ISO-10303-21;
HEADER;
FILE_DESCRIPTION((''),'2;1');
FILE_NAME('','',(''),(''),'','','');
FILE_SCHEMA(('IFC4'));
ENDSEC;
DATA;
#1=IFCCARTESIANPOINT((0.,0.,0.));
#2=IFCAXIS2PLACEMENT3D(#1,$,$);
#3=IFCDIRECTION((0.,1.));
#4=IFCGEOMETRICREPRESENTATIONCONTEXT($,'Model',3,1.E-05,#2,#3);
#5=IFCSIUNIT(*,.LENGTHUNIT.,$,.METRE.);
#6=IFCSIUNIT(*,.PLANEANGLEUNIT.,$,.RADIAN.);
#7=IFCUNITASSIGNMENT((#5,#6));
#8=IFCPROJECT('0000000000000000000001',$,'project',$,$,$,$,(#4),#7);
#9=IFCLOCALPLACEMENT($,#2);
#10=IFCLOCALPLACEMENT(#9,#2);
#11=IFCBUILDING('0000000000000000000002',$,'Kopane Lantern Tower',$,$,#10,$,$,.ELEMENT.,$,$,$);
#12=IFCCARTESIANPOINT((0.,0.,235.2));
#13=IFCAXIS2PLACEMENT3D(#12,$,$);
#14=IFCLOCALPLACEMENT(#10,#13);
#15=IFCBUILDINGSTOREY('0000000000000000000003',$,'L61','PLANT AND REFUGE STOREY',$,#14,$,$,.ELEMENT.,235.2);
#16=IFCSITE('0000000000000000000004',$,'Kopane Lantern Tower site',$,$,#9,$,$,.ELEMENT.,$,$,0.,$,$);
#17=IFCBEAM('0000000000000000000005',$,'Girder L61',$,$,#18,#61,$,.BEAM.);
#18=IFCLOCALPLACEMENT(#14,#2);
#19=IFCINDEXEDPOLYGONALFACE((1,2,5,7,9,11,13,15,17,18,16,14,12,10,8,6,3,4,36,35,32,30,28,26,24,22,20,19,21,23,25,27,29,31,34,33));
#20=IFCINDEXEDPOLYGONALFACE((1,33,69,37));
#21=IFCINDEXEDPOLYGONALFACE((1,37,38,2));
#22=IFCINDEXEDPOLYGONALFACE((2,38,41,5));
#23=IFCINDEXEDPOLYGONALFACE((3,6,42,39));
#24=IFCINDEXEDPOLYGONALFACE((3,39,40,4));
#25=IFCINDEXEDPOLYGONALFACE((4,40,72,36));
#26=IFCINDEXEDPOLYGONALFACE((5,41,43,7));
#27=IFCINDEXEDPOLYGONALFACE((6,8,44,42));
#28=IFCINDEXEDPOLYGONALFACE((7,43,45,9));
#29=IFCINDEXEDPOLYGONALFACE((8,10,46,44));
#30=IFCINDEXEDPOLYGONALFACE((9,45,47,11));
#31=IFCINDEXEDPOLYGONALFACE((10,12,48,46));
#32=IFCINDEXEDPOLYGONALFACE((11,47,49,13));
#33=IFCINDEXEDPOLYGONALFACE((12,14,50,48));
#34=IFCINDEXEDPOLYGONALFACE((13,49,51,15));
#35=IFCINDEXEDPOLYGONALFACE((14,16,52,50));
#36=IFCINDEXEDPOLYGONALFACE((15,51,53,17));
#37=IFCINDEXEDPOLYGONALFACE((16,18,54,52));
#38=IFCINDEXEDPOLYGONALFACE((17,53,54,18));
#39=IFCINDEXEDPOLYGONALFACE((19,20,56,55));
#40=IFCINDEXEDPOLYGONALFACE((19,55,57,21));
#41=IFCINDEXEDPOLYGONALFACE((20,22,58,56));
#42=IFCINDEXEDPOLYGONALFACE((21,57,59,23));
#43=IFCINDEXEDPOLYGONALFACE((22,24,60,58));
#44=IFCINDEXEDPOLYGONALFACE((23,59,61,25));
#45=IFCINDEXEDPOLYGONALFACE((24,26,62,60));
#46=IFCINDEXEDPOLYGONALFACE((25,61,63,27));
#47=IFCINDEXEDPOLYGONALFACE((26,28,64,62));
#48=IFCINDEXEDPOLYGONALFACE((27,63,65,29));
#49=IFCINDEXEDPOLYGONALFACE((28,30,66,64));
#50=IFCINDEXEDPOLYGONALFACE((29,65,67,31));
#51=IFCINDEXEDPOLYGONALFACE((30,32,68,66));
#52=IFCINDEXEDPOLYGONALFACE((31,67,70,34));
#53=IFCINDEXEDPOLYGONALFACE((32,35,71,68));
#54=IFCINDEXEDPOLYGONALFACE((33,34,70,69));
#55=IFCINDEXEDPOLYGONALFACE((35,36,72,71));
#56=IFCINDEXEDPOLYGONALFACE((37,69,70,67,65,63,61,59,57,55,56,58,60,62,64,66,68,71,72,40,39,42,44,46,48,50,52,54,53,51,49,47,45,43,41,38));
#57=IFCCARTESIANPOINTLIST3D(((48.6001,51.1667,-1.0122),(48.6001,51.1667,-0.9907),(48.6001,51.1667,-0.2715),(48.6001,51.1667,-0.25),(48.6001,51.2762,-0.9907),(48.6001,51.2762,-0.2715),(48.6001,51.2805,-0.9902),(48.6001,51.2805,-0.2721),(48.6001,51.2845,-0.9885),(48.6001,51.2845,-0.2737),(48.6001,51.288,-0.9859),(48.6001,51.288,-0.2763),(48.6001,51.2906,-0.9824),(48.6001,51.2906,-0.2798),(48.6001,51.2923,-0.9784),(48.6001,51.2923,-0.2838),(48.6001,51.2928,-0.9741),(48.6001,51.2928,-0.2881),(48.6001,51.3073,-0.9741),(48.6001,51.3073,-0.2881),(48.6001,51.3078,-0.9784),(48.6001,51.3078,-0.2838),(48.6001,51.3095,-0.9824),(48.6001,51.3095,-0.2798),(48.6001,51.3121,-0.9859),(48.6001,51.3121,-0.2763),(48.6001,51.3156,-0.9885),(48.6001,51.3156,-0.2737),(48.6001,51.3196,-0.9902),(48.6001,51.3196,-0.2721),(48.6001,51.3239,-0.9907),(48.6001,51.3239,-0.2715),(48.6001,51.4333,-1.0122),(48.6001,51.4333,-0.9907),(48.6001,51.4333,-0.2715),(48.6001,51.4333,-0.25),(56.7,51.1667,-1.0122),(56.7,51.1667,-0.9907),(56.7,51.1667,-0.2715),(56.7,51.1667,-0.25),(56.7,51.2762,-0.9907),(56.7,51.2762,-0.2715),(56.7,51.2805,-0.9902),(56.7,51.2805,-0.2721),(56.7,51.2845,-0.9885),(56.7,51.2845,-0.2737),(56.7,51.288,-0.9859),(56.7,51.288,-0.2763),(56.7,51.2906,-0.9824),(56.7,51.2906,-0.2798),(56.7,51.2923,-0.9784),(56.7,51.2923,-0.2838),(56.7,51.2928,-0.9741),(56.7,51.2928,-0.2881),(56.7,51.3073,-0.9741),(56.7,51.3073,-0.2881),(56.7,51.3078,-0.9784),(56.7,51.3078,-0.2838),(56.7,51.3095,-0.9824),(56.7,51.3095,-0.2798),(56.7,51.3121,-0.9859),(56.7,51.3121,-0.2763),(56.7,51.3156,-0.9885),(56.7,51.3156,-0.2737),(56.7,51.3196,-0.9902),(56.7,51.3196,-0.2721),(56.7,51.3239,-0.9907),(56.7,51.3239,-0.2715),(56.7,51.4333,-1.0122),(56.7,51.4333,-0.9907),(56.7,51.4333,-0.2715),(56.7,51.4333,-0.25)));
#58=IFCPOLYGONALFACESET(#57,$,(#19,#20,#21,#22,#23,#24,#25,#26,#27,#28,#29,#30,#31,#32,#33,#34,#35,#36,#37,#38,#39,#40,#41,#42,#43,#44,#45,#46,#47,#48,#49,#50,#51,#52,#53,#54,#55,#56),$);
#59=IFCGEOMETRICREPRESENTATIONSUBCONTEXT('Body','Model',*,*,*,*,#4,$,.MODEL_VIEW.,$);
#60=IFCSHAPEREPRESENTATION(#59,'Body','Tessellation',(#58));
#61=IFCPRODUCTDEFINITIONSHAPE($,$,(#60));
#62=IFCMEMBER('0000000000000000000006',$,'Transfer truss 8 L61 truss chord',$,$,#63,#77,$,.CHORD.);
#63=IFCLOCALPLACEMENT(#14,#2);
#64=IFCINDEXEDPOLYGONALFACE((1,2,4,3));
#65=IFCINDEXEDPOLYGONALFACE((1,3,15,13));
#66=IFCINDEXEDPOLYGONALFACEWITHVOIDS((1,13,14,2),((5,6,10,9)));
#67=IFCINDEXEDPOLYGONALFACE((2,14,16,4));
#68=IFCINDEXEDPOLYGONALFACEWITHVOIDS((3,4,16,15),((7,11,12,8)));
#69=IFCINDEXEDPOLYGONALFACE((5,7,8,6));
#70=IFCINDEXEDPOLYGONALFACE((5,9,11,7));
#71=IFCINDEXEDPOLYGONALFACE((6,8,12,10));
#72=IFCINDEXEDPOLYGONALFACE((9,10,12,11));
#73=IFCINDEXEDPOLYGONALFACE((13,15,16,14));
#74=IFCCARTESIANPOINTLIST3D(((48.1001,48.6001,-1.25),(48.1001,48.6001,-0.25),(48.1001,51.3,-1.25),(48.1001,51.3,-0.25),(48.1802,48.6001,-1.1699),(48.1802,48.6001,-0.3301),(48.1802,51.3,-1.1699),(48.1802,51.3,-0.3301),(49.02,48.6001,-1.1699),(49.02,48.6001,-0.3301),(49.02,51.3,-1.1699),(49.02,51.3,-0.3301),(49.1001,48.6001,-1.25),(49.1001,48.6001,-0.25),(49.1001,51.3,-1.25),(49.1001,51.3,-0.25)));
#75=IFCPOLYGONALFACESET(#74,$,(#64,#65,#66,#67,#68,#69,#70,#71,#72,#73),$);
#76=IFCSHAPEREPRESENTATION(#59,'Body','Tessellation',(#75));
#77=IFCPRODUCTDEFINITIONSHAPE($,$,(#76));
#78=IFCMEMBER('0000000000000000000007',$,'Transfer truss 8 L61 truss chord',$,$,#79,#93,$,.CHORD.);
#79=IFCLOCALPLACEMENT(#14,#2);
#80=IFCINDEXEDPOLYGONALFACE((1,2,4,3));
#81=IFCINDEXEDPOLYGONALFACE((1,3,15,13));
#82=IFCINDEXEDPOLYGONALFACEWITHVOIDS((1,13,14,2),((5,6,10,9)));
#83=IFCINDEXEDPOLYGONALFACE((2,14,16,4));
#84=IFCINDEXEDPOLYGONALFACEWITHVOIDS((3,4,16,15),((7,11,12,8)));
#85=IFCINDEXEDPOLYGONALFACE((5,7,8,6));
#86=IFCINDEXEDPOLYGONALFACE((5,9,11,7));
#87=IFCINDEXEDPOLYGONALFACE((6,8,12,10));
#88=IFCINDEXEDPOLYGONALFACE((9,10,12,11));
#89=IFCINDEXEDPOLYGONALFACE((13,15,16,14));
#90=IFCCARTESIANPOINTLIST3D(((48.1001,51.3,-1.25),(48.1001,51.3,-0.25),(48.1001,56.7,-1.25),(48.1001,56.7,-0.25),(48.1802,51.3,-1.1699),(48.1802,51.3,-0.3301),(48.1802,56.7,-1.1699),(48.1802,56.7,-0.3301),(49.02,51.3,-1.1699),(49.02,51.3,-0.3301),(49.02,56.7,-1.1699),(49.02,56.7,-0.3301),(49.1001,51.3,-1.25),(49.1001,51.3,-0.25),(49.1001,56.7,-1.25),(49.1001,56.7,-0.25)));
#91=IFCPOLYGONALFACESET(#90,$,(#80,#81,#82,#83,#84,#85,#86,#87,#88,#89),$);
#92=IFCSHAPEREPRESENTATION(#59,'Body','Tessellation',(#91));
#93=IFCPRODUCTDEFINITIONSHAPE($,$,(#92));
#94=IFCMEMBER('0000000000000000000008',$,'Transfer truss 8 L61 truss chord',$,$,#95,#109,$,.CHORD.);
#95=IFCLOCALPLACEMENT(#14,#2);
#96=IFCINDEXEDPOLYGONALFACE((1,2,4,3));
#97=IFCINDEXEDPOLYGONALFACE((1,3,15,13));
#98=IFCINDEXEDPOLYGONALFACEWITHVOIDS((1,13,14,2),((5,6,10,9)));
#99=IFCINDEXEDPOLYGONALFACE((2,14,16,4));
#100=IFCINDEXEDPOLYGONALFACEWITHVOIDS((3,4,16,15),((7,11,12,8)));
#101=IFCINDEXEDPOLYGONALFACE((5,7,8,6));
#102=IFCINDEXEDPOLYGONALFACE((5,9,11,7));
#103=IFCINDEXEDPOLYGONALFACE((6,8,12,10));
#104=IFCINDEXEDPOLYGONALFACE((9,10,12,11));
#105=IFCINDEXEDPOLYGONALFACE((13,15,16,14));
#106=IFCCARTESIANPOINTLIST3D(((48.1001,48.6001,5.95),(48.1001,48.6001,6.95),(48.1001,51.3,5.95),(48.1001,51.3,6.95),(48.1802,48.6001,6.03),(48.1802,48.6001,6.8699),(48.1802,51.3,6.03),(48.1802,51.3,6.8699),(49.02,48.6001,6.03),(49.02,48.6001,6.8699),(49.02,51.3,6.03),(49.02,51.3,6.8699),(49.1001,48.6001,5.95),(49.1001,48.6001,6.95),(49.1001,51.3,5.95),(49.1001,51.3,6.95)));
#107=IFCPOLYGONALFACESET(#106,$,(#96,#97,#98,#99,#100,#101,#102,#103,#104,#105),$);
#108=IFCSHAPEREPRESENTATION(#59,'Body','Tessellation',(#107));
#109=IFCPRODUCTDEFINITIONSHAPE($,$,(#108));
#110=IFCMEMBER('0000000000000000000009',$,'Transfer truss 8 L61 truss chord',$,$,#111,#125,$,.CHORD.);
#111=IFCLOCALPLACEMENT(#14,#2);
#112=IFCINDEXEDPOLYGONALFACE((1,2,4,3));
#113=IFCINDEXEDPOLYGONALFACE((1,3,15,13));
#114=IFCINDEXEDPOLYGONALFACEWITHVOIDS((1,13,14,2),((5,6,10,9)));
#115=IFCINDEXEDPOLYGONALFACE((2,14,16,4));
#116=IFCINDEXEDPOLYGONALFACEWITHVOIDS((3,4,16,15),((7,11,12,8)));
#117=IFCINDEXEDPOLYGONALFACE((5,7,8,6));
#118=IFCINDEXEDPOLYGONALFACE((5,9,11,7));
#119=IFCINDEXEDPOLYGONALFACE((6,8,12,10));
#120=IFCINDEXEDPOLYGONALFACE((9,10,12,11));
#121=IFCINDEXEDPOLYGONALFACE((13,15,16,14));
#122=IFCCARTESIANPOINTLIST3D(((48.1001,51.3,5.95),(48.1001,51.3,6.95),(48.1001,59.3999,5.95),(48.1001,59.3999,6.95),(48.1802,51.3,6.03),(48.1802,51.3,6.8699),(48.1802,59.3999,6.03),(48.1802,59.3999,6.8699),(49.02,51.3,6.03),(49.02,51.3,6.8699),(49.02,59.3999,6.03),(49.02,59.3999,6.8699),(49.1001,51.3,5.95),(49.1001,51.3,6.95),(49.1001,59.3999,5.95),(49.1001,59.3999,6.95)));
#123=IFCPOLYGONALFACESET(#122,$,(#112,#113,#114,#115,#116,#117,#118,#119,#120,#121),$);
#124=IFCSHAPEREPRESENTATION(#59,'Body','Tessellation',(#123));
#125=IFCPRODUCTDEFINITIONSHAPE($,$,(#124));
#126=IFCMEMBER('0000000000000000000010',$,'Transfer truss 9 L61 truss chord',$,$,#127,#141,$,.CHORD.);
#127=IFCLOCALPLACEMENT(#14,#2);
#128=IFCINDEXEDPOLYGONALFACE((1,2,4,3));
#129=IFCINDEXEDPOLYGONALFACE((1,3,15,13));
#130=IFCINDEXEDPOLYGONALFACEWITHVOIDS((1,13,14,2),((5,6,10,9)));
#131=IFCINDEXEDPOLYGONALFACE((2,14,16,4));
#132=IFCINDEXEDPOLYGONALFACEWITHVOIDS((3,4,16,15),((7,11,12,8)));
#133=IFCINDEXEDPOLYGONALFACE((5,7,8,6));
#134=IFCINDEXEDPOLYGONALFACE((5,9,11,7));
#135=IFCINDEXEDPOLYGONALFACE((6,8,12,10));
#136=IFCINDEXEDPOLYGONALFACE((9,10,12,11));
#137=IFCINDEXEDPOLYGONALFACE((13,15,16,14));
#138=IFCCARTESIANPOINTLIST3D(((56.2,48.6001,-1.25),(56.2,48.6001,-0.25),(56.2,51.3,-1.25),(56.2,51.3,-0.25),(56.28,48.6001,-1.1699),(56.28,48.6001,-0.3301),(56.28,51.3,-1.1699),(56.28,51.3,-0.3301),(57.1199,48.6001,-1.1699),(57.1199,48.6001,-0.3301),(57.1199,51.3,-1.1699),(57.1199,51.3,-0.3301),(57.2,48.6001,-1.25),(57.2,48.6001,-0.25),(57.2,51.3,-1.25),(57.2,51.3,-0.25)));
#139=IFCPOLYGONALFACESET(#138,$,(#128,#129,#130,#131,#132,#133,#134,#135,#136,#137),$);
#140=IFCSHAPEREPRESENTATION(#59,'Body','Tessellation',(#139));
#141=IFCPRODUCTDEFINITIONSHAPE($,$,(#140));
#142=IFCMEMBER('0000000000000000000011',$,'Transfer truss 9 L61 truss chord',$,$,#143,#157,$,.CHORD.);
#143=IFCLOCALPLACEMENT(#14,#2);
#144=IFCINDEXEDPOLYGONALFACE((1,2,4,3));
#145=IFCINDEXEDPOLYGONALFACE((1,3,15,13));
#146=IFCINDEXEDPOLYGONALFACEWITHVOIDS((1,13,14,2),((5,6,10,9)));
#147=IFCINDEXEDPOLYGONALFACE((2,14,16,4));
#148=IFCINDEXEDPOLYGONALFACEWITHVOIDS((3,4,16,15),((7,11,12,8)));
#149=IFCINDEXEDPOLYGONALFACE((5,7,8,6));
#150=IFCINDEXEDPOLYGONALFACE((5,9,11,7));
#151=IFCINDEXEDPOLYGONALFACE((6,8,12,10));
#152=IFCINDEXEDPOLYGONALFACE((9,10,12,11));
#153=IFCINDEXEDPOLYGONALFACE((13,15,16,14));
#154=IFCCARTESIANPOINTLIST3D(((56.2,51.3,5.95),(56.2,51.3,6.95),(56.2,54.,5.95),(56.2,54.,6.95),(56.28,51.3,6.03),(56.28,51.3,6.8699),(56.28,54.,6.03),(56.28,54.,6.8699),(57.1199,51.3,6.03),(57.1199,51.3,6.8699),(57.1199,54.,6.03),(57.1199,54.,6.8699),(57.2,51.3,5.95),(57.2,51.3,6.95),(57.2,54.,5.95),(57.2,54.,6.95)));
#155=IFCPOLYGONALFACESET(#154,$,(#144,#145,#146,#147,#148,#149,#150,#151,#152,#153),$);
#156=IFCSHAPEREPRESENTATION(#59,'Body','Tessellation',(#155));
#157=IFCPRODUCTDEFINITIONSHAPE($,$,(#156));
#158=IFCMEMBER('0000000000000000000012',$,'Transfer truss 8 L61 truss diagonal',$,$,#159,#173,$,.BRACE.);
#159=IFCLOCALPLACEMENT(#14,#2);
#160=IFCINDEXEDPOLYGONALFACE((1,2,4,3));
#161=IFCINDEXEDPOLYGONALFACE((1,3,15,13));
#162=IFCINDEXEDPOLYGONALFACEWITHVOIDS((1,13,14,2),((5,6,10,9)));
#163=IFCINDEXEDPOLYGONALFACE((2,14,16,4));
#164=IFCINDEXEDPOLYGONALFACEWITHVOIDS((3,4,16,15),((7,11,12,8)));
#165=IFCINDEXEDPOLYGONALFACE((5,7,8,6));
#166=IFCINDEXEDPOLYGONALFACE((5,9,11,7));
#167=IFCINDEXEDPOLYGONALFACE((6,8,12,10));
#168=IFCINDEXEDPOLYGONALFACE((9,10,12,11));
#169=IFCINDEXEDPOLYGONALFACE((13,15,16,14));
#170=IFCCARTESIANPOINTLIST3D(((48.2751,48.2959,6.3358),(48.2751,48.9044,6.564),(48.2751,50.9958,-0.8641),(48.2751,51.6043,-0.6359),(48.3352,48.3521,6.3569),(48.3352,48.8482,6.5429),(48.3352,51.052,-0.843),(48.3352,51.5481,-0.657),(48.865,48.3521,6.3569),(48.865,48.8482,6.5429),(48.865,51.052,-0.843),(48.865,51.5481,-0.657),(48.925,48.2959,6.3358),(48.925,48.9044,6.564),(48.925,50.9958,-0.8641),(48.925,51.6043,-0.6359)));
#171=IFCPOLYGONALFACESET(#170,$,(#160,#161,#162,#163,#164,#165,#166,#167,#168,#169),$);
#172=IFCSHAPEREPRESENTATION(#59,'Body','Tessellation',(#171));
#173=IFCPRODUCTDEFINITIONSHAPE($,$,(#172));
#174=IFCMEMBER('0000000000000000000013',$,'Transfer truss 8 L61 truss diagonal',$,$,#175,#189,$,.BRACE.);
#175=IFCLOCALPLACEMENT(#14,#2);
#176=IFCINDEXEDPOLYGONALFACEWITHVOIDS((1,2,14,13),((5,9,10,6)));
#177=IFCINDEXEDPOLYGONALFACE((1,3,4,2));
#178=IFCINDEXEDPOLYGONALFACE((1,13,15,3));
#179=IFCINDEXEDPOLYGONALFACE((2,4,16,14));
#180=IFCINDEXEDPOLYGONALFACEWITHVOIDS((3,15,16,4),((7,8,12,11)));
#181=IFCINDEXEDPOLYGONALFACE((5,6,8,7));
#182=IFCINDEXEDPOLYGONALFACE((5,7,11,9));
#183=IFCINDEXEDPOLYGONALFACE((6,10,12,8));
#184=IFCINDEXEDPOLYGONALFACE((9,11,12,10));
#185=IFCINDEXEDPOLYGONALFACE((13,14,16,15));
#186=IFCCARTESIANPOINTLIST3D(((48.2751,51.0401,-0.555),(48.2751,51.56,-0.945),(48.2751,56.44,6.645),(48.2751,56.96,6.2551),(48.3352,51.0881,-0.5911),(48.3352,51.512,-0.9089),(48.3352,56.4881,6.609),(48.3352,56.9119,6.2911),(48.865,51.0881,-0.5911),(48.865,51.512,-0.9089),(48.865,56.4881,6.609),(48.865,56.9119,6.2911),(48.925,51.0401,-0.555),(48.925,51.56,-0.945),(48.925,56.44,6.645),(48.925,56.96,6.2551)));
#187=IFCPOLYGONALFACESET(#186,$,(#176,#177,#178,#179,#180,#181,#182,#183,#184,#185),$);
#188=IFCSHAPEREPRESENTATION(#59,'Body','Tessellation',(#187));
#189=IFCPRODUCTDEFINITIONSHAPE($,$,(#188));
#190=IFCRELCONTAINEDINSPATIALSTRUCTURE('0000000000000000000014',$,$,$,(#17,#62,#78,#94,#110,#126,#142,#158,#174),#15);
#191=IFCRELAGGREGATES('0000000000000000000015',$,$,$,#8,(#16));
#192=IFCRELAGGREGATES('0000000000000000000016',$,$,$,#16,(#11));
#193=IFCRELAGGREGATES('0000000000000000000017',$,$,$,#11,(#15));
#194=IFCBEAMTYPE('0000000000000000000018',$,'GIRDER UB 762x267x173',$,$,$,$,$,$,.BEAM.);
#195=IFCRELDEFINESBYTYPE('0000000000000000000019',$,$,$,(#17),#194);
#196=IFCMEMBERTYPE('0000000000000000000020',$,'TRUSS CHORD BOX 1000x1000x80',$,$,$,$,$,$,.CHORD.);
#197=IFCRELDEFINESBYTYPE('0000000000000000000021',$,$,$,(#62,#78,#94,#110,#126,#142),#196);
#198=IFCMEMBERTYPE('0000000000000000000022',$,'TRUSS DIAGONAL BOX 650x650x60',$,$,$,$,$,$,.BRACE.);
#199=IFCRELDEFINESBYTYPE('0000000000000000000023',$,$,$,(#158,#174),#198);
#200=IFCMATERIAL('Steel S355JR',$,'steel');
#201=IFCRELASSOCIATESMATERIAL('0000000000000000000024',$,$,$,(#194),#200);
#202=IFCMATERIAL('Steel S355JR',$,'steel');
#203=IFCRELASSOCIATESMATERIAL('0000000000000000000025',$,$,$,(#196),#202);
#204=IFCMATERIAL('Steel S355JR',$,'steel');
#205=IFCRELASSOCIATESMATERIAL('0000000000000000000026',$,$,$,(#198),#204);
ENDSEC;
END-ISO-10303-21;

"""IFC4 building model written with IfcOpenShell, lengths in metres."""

from ifc_helpers import new_model, si_unit, direction, frame, origin, origin_2d, place, context, subcontext, project, spatial, hollow_rectangle, i_section, extrude, material, material_profile, profile_set, type_object, element, save


model = new_model("IFC4")

# Units and contexts
model_context = context("Model", 3, precision=1e-05, world=origin(), true_north=direction((0.0, 1.0)))
body_context = subcontext(model_context, "Body", "Model", "MODEL_VIEW")
ifc_project = project(units=[si_unit("LENGTHUNIT", "METRE"), si_unit("PLANEANGLEUNIT", "RADIAN")], contexts=[model_context])

# Site, building, storey
site_placement = place(None, origin())
site = spatial("IfcSite", under=ifc_project, at=site_placement, Name="Kopane Lantern Tower site", CompositionType="ELEMENT", RefElevation=0.0)
building_placement = place(site_placement, origin())
building = spatial("IfcBuilding", under=site, at=building_placement, Name="Kopane Lantern Tower", CompositionType="ELEMENT")
storey_placement = place(building_placement, frame((0.0, 0.0, 235.2)))
storey = spatial("IfcBuildingStorey", under=building, at=storey_placement, Name="L61", Description="PLANT AND REFUGE STOREY", CompositionType="ELEMENT", Elevation=235.2)

# Beam
ifc_material_1 = material(Name="Steel S355JR", Category="steel")
ifc_material_profile_1 = material_profile(ifc_material_1, i_section(OverallWidth=0.2666, OverallDepth=0.7622, WebThickness=0.0144, FlangeThickness=0.0215, FilletRadius=0.0166, at=origin_2d()), Name="UB 762x267x173")
ifc_profile_set_1 = profile_set([ifc_material_profile_1], Name="Steel S355JR")
beam_type = type_object("IfcBeamType", Name="GIRDER UB 762x267x173", PredefinedType="BEAM", material=ifc_profile_set_1)
beam_placement = place(storey_placement, frame((48.6001, 51.3, -0.6311), z_axis=(1.0, 0.0, 0.0), x_axis=(0.0, 1.0, 0.0)))
element("IfcBeam", 1, at=beam_placement, inside=storey, type_object=beam_type, Name="Girder L61", PredefinedType="BEAM", context=body_context, shape_type="SweptSolid", body=[
    extrude(i_section(OverallWidth=0.2666, OverallDepth=0.7622, WebThickness=0.0144, FlangeThickness=0.0215, FilletRadius=0.0166, at=origin_2d()), origin(), (0.0, 0.0, 1.0), 8.0999),
])

# Members
ifc_material_2 = material(Name="Steel S355JR", Category="steel")
ifc_material_profile_2 = material_profile(ifc_material_2, hollow_rectangle(XDim=1.0, YDim=1.0, WallThickness=0.0801, at=origin_2d()), Name="BOX 1000x1000x80")
ifc_profile_set_2 = profile_set([ifc_material_profile_2], Name="Steel S355JR")
member_type_1 = type_object("IfcMemberType", Name="TRUSS CHORD BOX 1000x1000x80", PredefinedType="CHORD", material=ifc_profile_set_2)
member_1_placement = place(storey_placement, frame((48.6001, 48.6001, -0.75), z_axis=(0.0, 1.0, 0.0), x_axis=(-1.0, 0.0, 0.0)))
element("IfcMember", 2, at=member_1_placement, inside=storey, type_object=member_type_1, Name="Transfer truss 8 L61 truss chord", PredefinedType="CHORD", context=body_context, shape_type="SweptSolid", body=[
    extrude(hollow_rectangle(XDim=1.0, YDim=1.0, WallThickness=0.0801, at=origin_2d()), origin(), (0.0, 0.0, 1.0), 2.7),
])
member_2_placement = place(storey_placement, frame((48.6001, 51.3, -0.75), z_axis=(0.0, 1.0, 0.0), x_axis=(-1.0, 0.0, 0.0)))
element("IfcMember", 3, at=member_2_placement, inside=storey, type_object=member_type_1, Name="Transfer truss 8 L61 truss chord", PredefinedType="CHORD", context=body_context, shape_type="SweptSolid", body=[
    extrude(hollow_rectangle(XDim=1.0, YDim=1.0, WallThickness=0.0801, at=origin_2d()), origin(), (0.0, 0.0, 1.0), 5.3999),
])
member_3_placement = place(storey_placement, frame((48.6001, 48.6001, 6.45), z_axis=(0.0, 1.0, 0.0), x_axis=(-1.0, 0.0, 0.0)))
element("IfcMember", 4, at=member_3_placement, inside=storey, type_object=member_type_1, Name="Transfer truss 8 L61 truss chord", PredefinedType="CHORD", context=body_context, shape_type="SweptSolid", body=[
    extrude(hollow_rectangle(XDim=1.0, YDim=1.0, WallThickness=0.0801, at=origin_2d()), origin(), (0.0, 0.0, 1.0), 2.7),
])
member_4_placement = place(storey_placement, frame((48.6001, 51.3, 6.45), z_axis=(0.0, 1.0, 0.0), x_axis=(-1.0, 0.0, 0.0)))
element("IfcMember", 5, at=member_4_placement, inside=storey, type_object=member_type_1, Name="Transfer truss 8 L61 truss chord", PredefinedType="CHORD", context=body_context, shape_type="SweptSolid", body=[
    extrude(hollow_rectangle(XDim=1.0, YDim=1.0, WallThickness=0.0801, at=origin_2d()), origin(), (0.0, 0.0, 1.0), 8.0999),
])
for number, where, z_axis, x_axis, name in (
    (6, (56.7, 48.6001, -0.75), (0.0, 1.0, 0.0), (-1.0, 0.0, 0.0), "Transfer truss 9 L61 truss chord"),
    (7, (56.7, 51.3, 6.45), (0.0, 1.0, 0.0), (-1.0, 0.0, 0.0), "Transfer truss 9 L61 truss chord"),
):
    element("IfcMember", number, at=place(storey_placement, frame(where, z_axis=z_axis, x_axis=x_axis)), inside=storey, type_object=member_type_1, Name=name, PredefinedType="CHORD", context=body_context, shape_type="SweptSolid", body=[
        extrude(hollow_rectangle(XDim=1.0, YDim=1.0, WallThickness=0.0801, at=origin_2d()), origin(), (0.0, 0.0, 1.0), 2.7),
    ])
ifc_material_3 = material(Name="Steel S355JR", Category="steel")
ifc_material_profile_3 = material_profile(ifc_material_3, hollow_rectangle(XDim=0.6499, YDim=0.6499, WallThickness=0.0601, at=origin_2d()), Name="BOX 650x650x60")
ifc_profile_set_3 = profile_set([ifc_material_profile_3], Name="Steel S355JR")
member_type_2 = type_object("IfcMemberType", Name="TRUSS DIAGONAL BOX 650x650x60", PredefinedType="BRACE", material=ifc_profile_set_3)
member_5_placement = place(storey_placement, frame((48.6001, 51.3, -0.75), z_axis=(0.0, -0.35112, 0.93633), x_axis=(1.0, 0.0, 0.0)))
element("IfcMember", 8, at=member_5_placement, inside=storey, type_object=member_type_2, Name="Transfer truss 8 L61 truss diagonal", PredefinedType="BRACE", context=body_context, shape_type="SweptSolid", body=[
    extrude(hollow_rectangle(XDim=0.6499, YDim=0.6499, WallThickness=0.0601, at=origin_2d()), origin(), (0.0, 0.0, 1.0), 7.6895),
])
member_6_placement = place(storey_placement, frame((48.6001, 51.3, -0.75), z_axis=(0.0, 0.599996, 0.800003), x_axis=(-1.0, 0.0, 0.0)))
element("IfcMember", 9, at=member_6_placement, inside=storey, type_object=member_type_2, Name="Transfer truss 8 L61 truss diagonal", PredefinedType="BRACE", context=body_context, shape_type="SweptSolid", body=[
    extrude(hollow_rectangle(XDim=0.6499, YDim=0.6499, WallThickness=0.0601, at=origin_2d()), origin(), (0.0, 0.0, 1.0), 9.0),
])

save(model, "model.ifc")
